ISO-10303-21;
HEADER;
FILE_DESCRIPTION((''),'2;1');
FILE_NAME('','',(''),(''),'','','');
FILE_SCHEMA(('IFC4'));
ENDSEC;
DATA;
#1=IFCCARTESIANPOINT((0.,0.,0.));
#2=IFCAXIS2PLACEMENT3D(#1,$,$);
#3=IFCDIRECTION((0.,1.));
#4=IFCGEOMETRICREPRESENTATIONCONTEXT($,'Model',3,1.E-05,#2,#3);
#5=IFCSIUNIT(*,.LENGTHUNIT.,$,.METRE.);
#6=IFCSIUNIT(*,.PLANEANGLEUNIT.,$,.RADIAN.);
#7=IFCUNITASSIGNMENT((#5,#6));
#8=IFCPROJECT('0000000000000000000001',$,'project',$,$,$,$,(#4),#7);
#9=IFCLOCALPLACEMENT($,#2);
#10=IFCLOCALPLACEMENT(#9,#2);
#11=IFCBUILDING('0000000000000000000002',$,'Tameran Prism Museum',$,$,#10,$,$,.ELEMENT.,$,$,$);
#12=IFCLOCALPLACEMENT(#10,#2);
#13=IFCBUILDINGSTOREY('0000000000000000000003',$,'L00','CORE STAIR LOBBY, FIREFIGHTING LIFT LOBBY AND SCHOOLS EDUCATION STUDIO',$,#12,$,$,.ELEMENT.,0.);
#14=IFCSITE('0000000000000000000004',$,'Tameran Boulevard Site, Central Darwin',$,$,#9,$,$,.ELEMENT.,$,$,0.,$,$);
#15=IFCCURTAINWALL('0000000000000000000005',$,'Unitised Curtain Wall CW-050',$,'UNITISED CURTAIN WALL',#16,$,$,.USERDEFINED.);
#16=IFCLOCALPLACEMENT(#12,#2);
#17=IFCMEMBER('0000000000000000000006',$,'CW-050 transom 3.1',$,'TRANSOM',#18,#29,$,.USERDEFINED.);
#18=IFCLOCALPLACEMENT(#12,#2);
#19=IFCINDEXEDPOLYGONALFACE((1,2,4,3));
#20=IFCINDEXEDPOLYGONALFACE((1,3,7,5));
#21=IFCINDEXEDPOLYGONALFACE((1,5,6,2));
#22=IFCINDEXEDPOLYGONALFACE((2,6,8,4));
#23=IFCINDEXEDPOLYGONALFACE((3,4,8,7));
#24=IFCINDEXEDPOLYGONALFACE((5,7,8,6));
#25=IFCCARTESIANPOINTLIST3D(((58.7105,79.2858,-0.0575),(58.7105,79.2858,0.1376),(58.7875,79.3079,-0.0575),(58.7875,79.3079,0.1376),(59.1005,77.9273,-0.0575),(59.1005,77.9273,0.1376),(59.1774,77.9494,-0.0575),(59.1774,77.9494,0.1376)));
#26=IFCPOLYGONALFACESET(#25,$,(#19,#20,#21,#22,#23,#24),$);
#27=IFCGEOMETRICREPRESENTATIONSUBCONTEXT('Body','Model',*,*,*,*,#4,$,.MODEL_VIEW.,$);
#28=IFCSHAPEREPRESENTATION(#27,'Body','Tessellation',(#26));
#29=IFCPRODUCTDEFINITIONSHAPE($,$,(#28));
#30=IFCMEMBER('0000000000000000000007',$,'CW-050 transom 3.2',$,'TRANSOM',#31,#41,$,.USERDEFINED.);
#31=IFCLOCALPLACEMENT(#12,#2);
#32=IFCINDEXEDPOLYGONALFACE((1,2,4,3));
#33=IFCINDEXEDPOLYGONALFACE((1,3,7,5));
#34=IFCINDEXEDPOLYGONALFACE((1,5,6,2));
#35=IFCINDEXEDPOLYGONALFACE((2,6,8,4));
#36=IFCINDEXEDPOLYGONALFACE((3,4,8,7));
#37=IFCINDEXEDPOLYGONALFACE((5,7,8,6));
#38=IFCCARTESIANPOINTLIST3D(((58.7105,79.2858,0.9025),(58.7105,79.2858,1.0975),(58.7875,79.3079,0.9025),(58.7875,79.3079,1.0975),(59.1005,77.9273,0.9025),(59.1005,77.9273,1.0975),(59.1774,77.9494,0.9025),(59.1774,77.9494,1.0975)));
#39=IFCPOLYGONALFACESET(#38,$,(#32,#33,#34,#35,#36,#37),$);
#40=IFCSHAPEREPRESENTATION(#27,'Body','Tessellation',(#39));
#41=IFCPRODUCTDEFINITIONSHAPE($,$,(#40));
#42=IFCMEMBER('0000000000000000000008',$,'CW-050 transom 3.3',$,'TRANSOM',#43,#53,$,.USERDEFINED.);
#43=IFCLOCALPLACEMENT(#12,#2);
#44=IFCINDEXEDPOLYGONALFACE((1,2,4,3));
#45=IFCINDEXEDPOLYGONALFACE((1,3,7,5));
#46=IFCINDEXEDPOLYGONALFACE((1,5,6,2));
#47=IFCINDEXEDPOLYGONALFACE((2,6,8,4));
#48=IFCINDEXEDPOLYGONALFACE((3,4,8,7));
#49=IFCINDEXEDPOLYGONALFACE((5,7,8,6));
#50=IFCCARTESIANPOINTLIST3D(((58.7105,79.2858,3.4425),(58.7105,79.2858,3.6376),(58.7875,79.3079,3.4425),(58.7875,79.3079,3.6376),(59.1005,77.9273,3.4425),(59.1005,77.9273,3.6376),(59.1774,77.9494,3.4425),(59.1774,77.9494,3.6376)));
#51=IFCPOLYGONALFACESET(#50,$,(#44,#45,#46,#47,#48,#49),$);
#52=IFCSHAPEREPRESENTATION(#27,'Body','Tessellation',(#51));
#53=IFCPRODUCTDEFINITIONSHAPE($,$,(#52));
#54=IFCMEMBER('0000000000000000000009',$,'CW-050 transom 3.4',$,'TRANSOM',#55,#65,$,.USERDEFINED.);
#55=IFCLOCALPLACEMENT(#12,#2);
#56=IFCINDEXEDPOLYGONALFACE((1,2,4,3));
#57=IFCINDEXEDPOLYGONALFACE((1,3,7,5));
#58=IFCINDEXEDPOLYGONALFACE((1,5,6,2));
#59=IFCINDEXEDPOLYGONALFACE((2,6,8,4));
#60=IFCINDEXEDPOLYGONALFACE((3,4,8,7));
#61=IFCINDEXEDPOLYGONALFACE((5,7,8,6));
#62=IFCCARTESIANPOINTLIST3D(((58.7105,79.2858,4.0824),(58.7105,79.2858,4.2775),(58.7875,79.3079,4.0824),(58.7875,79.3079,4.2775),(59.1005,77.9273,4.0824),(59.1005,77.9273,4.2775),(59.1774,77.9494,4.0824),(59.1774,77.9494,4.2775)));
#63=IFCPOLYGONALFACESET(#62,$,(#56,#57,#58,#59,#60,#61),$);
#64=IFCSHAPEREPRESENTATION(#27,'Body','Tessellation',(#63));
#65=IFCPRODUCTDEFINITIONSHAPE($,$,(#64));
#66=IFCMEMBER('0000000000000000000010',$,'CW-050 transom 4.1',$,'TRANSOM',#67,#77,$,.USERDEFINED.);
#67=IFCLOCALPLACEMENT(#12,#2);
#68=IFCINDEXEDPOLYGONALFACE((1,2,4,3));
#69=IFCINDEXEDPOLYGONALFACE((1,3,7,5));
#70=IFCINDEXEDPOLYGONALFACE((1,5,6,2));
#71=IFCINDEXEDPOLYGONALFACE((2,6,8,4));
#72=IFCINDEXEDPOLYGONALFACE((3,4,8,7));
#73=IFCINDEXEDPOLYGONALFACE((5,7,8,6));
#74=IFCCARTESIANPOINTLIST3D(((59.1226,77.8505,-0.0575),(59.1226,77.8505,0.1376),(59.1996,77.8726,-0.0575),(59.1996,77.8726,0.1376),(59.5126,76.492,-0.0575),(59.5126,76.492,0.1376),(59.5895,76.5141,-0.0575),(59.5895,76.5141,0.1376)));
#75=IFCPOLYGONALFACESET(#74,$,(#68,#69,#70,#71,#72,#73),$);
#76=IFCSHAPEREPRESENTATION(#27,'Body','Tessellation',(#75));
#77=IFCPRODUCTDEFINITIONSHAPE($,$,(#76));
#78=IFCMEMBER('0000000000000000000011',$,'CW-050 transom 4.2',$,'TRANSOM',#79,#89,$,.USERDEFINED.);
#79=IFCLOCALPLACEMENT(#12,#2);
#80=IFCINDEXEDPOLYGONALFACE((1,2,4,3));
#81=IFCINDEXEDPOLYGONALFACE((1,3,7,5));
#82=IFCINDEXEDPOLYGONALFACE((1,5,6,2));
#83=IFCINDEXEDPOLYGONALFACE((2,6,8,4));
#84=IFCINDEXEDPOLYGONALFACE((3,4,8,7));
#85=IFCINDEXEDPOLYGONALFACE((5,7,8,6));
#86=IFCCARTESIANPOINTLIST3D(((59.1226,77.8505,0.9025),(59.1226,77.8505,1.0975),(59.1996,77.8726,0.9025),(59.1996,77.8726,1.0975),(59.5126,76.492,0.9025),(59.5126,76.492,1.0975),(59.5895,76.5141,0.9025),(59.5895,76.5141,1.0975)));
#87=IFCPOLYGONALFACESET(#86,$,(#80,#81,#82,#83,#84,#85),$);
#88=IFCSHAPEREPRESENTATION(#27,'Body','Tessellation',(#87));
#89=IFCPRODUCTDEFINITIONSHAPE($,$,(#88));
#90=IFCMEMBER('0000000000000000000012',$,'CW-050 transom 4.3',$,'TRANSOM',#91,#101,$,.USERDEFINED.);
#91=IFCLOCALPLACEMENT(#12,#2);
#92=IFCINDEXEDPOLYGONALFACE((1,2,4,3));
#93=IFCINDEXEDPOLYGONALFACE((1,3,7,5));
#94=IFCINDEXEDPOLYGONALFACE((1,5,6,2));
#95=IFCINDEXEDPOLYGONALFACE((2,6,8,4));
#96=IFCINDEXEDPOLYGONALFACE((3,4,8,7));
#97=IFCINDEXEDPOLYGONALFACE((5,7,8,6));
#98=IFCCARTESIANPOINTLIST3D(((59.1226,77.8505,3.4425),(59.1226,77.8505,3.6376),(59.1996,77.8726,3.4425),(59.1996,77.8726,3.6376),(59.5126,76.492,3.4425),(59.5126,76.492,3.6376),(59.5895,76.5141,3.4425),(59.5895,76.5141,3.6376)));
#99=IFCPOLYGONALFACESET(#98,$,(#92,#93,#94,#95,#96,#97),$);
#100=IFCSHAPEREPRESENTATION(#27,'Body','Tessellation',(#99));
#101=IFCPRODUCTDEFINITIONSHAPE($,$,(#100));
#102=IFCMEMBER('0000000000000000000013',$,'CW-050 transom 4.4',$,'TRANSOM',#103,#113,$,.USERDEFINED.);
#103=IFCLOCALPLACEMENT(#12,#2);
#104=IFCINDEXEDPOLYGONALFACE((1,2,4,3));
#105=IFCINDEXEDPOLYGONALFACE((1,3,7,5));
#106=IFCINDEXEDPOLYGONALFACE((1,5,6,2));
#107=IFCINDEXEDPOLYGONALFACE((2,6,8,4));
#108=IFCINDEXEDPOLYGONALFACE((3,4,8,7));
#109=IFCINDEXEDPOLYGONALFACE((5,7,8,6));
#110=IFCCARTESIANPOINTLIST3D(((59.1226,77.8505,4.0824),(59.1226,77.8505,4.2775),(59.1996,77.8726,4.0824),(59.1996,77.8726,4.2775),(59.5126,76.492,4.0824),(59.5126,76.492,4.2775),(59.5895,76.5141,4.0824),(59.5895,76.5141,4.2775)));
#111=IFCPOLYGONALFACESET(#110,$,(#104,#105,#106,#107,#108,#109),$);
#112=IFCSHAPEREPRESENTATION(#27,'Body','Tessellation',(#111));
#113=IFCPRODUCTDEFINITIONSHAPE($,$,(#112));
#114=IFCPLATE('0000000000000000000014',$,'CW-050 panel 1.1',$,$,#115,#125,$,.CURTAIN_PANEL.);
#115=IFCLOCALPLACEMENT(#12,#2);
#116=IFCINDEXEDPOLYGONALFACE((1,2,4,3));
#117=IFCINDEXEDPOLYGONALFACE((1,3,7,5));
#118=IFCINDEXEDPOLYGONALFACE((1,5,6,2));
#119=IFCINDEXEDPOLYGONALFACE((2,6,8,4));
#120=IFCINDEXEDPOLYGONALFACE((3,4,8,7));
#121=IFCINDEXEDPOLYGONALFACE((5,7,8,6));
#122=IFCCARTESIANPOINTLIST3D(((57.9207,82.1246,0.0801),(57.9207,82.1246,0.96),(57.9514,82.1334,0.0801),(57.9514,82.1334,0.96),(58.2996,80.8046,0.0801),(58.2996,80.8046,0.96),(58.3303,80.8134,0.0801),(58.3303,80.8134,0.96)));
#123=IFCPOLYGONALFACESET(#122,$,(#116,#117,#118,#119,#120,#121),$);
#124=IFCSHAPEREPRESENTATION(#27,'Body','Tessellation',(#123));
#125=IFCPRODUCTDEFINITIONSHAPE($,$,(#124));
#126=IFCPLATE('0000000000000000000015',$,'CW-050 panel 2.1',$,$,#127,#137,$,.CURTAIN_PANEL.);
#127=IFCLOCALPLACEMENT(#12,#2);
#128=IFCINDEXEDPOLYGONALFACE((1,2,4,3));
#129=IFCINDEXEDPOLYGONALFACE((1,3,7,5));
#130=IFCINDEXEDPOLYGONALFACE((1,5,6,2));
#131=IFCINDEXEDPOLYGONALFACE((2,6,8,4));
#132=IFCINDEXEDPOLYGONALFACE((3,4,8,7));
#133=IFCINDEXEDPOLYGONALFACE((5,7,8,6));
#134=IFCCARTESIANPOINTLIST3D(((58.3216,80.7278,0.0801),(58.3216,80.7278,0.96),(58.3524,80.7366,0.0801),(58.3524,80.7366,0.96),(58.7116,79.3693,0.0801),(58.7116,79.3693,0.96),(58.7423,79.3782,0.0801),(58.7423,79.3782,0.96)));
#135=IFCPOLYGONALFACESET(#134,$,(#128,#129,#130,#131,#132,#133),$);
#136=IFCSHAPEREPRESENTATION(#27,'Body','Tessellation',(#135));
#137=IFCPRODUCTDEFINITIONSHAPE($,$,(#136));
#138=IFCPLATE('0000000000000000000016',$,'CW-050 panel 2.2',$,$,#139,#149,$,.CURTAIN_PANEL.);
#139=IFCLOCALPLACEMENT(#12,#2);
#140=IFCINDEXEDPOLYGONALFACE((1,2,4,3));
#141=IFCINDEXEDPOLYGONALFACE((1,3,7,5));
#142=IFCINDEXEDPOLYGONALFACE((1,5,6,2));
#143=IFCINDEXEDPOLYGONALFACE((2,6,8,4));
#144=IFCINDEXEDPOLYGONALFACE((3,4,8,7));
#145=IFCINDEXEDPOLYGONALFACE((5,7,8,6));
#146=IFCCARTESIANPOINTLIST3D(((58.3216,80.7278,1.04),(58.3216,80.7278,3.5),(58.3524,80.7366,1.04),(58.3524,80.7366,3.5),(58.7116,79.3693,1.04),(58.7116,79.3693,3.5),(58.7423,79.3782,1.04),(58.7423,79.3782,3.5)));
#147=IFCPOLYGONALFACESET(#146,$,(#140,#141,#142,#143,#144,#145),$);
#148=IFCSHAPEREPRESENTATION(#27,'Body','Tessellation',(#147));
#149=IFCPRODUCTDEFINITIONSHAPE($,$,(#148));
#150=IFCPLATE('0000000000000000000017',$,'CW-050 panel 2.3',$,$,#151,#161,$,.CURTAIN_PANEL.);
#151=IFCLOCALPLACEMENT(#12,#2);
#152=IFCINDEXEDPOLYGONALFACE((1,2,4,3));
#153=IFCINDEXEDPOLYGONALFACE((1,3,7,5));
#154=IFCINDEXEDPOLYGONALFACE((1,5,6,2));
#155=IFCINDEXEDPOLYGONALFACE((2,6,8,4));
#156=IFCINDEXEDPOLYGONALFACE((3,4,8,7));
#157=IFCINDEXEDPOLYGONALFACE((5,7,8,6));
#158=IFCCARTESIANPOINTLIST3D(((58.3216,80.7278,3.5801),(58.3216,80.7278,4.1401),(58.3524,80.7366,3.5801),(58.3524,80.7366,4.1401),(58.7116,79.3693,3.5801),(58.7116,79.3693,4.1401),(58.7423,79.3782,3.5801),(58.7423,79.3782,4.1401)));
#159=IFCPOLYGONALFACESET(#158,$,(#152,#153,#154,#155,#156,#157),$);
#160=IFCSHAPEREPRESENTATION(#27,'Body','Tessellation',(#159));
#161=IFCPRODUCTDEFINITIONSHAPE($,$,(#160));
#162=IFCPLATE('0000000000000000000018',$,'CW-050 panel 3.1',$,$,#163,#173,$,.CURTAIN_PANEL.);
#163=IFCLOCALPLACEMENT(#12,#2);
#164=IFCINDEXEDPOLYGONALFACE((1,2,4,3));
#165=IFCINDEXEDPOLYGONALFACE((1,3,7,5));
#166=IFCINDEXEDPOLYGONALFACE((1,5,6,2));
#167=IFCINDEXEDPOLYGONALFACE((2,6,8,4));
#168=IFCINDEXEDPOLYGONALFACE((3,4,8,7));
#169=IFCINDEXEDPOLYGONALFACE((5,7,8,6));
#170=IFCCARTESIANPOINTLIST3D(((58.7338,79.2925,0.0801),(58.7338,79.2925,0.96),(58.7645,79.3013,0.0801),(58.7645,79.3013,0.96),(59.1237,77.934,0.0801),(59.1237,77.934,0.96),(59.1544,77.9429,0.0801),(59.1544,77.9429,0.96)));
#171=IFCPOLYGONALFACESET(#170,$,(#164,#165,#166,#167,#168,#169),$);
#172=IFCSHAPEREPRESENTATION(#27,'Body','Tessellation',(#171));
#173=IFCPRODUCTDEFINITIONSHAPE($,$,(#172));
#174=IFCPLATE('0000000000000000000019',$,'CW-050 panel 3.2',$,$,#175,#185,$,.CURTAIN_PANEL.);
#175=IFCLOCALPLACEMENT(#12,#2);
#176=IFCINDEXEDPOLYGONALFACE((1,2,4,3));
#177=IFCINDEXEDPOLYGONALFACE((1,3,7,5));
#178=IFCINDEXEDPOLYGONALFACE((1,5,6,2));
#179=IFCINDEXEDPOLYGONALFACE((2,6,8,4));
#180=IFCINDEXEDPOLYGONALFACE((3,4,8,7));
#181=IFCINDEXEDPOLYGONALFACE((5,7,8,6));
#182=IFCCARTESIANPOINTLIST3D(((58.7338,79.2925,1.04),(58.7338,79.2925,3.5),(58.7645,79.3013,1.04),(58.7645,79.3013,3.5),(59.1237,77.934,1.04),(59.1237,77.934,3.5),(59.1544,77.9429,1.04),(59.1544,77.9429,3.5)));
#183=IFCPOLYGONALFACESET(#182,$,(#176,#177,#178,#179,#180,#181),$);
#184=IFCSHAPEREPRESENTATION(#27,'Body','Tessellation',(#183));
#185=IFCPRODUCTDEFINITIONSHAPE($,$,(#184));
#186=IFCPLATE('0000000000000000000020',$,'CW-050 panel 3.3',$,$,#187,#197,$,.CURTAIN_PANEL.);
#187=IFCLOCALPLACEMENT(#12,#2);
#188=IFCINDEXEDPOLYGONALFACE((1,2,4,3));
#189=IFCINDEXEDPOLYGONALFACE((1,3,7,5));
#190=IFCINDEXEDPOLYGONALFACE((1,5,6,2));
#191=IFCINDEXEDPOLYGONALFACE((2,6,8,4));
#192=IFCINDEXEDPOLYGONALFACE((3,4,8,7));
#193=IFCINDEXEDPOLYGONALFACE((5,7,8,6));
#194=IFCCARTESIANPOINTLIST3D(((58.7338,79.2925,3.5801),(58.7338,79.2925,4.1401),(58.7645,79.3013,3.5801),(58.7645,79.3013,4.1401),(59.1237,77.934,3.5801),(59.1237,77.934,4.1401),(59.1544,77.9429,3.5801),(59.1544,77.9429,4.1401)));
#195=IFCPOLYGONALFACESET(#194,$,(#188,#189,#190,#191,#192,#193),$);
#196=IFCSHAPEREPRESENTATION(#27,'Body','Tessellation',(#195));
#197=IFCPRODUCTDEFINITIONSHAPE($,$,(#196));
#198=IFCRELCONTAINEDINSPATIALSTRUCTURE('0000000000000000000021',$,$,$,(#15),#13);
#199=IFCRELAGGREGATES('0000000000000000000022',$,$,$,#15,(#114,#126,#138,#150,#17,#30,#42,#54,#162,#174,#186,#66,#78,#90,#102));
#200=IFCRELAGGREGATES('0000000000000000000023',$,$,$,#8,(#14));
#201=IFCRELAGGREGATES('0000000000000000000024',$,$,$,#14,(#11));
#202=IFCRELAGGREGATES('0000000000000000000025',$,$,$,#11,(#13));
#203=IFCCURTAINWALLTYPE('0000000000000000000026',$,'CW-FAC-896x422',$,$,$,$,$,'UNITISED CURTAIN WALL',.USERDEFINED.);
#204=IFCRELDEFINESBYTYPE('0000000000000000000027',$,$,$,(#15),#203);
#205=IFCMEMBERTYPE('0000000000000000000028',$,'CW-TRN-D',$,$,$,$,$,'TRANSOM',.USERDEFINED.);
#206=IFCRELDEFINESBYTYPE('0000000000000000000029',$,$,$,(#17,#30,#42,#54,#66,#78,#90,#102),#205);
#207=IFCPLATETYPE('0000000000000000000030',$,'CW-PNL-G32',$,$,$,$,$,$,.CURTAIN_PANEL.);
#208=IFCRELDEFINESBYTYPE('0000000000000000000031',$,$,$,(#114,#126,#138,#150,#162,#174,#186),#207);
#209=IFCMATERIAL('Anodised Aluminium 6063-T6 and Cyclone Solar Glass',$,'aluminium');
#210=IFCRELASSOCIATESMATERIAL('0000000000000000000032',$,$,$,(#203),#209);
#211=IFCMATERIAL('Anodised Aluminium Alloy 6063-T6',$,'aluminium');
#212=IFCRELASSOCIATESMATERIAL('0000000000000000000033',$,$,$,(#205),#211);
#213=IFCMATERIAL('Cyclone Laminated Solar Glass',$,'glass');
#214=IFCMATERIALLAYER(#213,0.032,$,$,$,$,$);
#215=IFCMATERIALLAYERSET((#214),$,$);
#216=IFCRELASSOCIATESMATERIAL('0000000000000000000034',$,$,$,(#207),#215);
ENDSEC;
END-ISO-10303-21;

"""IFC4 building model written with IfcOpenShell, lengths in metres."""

from ifc_helpers import new_model, si_unit, direction, frame, origin, origin_2d, place, context, subcontext, project, spatial, rectangle, extrude, material, layer, layer_set, material_profile, profile_set, type_object, element, aggregate, save


model = new_model("IFC4")

# Units and contexts
model_context = context("Model", 3, precision=1e-05, world=origin(), true_north=direction((0.0, 1.0)))
body_context = subcontext(model_context, "Body", "Model", "MODEL_VIEW")
ifc_project = project(units=[si_unit("LENGTHUNIT", "METRE"), si_unit("PLANEANGLEUNIT", "RADIAN")], contexts=[model_context])

# Site, building, storey
site_placement = place(None, origin())
site = spatial("IfcSite", under=ifc_project, at=site_placement, Name="Tameran Boulevard Site, Central Darwin", CompositionType="ELEMENT", RefElevation=0.0)
building_placement = place(site_placement, origin())
building = spatial("IfcBuilding", under=site, at=building_placement, Name="Tameran Prism Museum", CompositionType="ELEMENT")
storey_placement = place(building_placement, origin())
storey = spatial("IfcBuildingStorey", under=building, at=storey_placement, Name="L00", Description="CORE STAIR LOBBY, FIREFIGHTING LIFT LOBBY AND SCHOOLS EDUCATION STUDIO", CompositionType="ELEMENT", Elevation=0.0)

# Curtain wall, members, plates
ifc_material_1 = material(Name="Anodised Aluminium 6063-T6 and Cyclone Solar Glass", Category="aluminium")
curtain_wall_type = type_object("IfcCurtainWallType", Name="CW-FAC-896x422", ElementType="UNITISED CURTAIN WALL", PredefinedType="USERDEFINED", material=ifc_material_1)
curtain_wall_placement = place(storey_placement, origin())
curtain_wall = element("IfcCurtainWall", 1, at=curtain_wall_placement, inside=storey, type_object=curtain_wall_type, Name="Unitised Curtain Wall CW-050", ObjectType="UNITISED CURTAIN WALL", PredefinedType="USERDEFINED")
ifc_material_2 = material(Name="Anodised Aluminium Alloy 6063-T6", Category="aluminium")
ifc_material_profile_1 = material_profile(ifc_material_2, rectangle(XDim=0.0801, YDim=0.1951, at=origin_2d()))
ifc_profile_set_1 = profile_set([ifc_material_profile_1])
member_type_1 = type_object("IfcMemberType", Name="CW-TRN-D", ElementType="TRANSOM", PredefinedType="USERDEFINED", material=ifc_profile_set_1)
member_1_placement = place(storey_placement, frame((58.749, 79.2969, 0.04), z_axis=(0.275885, -0.961191, 0.0), x_axis=(0.961191, 0.275885, 0.0)))
member_1 = element("IfcMember", 2, at=member_1_placement, type_object=member_type_1, Name="CW-050 transom 3.1", ObjectType="TRANSOM", PredefinedType="USERDEFINED", context=body_context, shape_type="SweptSolid", body=[
    extrude(rectangle(XDim=0.0801, YDim=0.1951, at=origin_2d()), origin(), (0.0, 0.0, 1.0), 1.4133),
])
member_2_placement = place(storey_placement, frame((58.749, 79.2969, 1.0), z_axis=(0.275885, -0.961191, 0.0), x_axis=(0.961191, 0.275885, 0.0)))
member_2 = element("IfcMember", 3, at=member_2_placement, type_object=member_type_1, Name="CW-050 transom 3.2", ObjectType="TRANSOM", PredefinedType="USERDEFINED", context=body_context, shape_type="SweptSolid", body=[
    extrude(rectangle(XDim=0.0801, YDim=0.1951, at=origin_2d()), origin(), (0.0, 0.0, 1.0), 1.4133),
])
member_3_placement = place(storey_placement, frame((58.749, 79.2969, 3.54), z_axis=(0.275885, -0.961191, 0.0), x_axis=(0.961191, 0.275885, 0.0)))
member_3 = element("IfcMember", 4, at=member_3_placement, type_object=member_type_1, Name="CW-050 transom 3.3", ObjectType="TRANSOM", PredefinedType="USERDEFINED", context=body_context, shape_type="SweptSolid", body=[
    extrude(rectangle(XDim=0.0801, YDim=0.1951, at=origin_2d()), origin(), (0.0, 0.0, 1.0), 1.4133),
])
member_4_placement = place(storey_placement, frame((58.749, 79.2969, 4.1799), z_axis=(0.275885, -0.961191, 0.0), x_axis=(0.961191, 0.275885, 0.0)))
member_4 = element("IfcMember", 5, at=member_4_placement, type_object=member_type_1, Name="CW-050 transom 3.4", ObjectType="TRANSOM", PredefinedType="USERDEFINED", context=body_context, shape_type="SweptSolid", body=[
    extrude(rectangle(XDim=0.0801, YDim=0.1951, at=origin_2d()), origin(), (0.0, 0.0, 1.0), 1.4133),
])
member_5_placement = place(storey_placement, frame((59.1611, 77.8616, 0.04), z_axis=(0.275885, -0.961191, 0.0), x_axis=(0.961191, 0.275885, 0.0)))
member_5 = element("IfcMember", 6, at=member_5_placement, type_object=member_type_1, Name="CW-050 transom 4.1", ObjectType="TRANSOM", PredefinedType="USERDEFINED", context=body_context, shape_type="SweptSolid", body=[
    extrude(rectangle(XDim=0.0801, YDim=0.1951, at=origin_2d()), origin(), (0.0, 0.0, 1.0), 1.4133),
])
member_6_placement = place(storey_placement, frame((59.1611, 77.8616, 1.0), z_axis=(0.275885, -0.961191, 0.0), x_axis=(0.961191, 0.275885, 0.0)))
member_6 = element("IfcMember", 7, at=member_6_placement, type_object=member_type_1, Name="CW-050 transom 4.2", ObjectType="TRANSOM", PredefinedType="USERDEFINED", context=body_context, shape_type="SweptSolid", body=[
    extrude(rectangle(XDim=0.0801, YDim=0.1951, at=origin_2d()), origin(), (0.0, 0.0, 1.0), 1.4133),
])
member_7_placement = place(storey_placement, frame((59.1611, 77.8616, 3.54), z_axis=(0.275885, -0.961191, 0.0), x_axis=(0.961191, 0.275885, 0.0)))
member_7 = element("IfcMember", 8, at=member_7_placement, type_object=member_type_1, Name="CW-050 transom 4.3", ObjectType="TRANSOM", PredefinedType="USERDEFINED", context=body_context, shape_type="SweptSolid", body=[
    extrude(rectangle(XDim=0.0801, YDim=0.1951, at=origin_2d()), origin(), (0.0, 0.0, 1.0), 1.4133),
])
member_8_placement = place(storey_placement, frame((59.1611, 77.8616, 4.1799), z_axis=(0.275885, -0.961191, 0.0), x_axis=(0.961191, 0.275885, 0.0)))
member_8 = element("IfcMember", 9, at=member_8_placement, type_object=member_type_1, Name="CW-050 transom 4.4", ObjectType="TRANSOM", PredefinedType="USERDEFINED", context=body_context, shape_type="SweptSolid", body=[
    extrude(rectangle(XDim=0.0801, YDim=0.1951, at=origin_2d()), origin(), (0.0, 0.0, 1.0), 1.4133),
])
ifc_material_3 = material(Name="Cyclone Laminated Solar Glass", Category="glass")
ifc_layer = layer(ifc_material_3, 0.032)
ifc_layer_set = layer_set([ifc_layer])
plate_type = type_object("IfcPlateType", Name="CW-PNL-G32", PredefinedType="CURTAIN_PANEL", material=ifc_layer_set)
plate_1_placement = place(storey_placement, frame((58.1255, 81.469, 0.0801), z_axis=(0.0, 0.0, 1.0), x_axis=(0.2759, -0.961186, 0.0)))
plate_1 = element("IfcPlate", 10, at=plate_1_placement, type_object=plate_type, Name="CW-050 panel 1.1", PredefinedType="CURTAIN_PANEL", context=body_context, shape_type="SweptSolid", body=[
    extrude(rectangle(XDim=1.3733, YDim=0.032, at=origin_2d()), origin(), (0.0, 0.0, 1.0), 0.8799),
])
plate_2_placement = place(storey_placement, frame((58.532, 80.053, 0.0801), z_axis=(0.0, 0.0, 1.0), x_axis=(0.2759, -0.961186, 0.0)))
plate_2 = element("IfcPlate", 11, at=plate_2_placement, type_object=plate_type, Name="CW-050 panel 2.1", PredefinedType="CURTAIN_PANEL", context=body_context, shape_type="SweptSolid", body=[
    extrude(rectangle(XDim=1.4133, YDim=0.032, at=origin_2d()), origin(), (0.0, 0.0, 1.0), 0.8799),
])
plate_3_placement = place(storey_placement, frame((58.532, 80.053, 1.04), z_axis=(0.0, 0.0, 1.0), x_axis=(0.2759, -0.961186, 0.0)))
plate_3 = element("IfcPlate", 12, at=plate_3_placement, type_object=plate_type, Name="CW-050 panel 2.2", PredefinedType="CURTAIN_PANEL", context=body_context, shape_type="SweptSolid", body=[
    extrude(rectangle(XDim=1.4133, YDim=0.032, at=origin_2d()), origin(), (0.0, 0.0, 1.0), 2.46),
])
plate_4_placement = place(storey_placement, frame((58.532, 80.053, 3.5801), z_axis=(0.0, 0.0, 1.0), x_axis=(0.2759, -0.961186, 0.0)))
plate_4 = element("IfcPlate", 13, at=plate_4_placement, type_object=plate_type, Name="CW-050 panel 2.3", PredefinedType="CURTAIN_PANEL", context=body_context, shape_type="SweptSolid", body=[
    extrude(rectangle(XDim=1.4133, YDim=0.032, at=origin_2d()), origin(), (0.0, 0.0, 1.0), 0.5601),
])
plate_5_placement = place(storey_placement, frame((58.9441, 78.6177, 0.0801), z_axis=(0.0, 0.0, 1.0), x_axis=(0.2759, -0.961186, 0.0)))
plate_5 = element("IfcPlate", 14, at=plate_5_placement, type_object=plate_type, Name="CW-050 panel 3.1", PredefinedType="CURTAIN_PANEL", context=body_context, shape_type="SweptSolid", body=[
    extrude(rectangle(XDim=1.4133, YDim=0.032, at=origin_2d()), origin(), (0.0, 0.0, 1.0), 0.8799),
])
plate_6_placement = place(storey_placement, frame((58.9441, 78.6177, 1.04), z_axis=(0.0, 0.0, 1.0), x_axis=(0.2759, -0.961186, 0.0)))
plate_6 = element("IfcPlate", 15, at=plate_6_placement, type_object=plate_type, Name="CW-050 panel 3.2", PredefinedType="CURTAIN_PANEL", context=body_context, shape_type="SweptSolid", body=[
    extrude(rectangle(XDim=1.4133, YDim=0.032, at=origin_2d()), origin(), (0.0, 0.0, 1.0), 2.46),
])
plate_7_placement = place(storey_placement, frame((58.9441, 78.6177, 3.5801), z_axis=(0.0, 0.0, 1.0), x_axis=(0.2759, -0.961186, 0.0)))
plate_7 = element("IfcPlate", 16, at=plate_7_placement, type_object=plate_type, Name="CW-050 panel 3.3", PredefinedType="CURTAIN_PANEL", context=body_context, shape_type="SweptSolid", body=[
    extrude(rectangle(XDim=1.4133, YDim=0.032, at=origin_2d()), origin(), (0.0, 0.0, 1.0), 0.5601),
])
aggregate(curtain_wall, [plate_1, plate_2, plate_3, plate_4, member_1, member_2, member_3, member_4, plate_5, plate_6, plate_7, member_5, member_6, member_7, member_8])

save(model, "model.ifc")
